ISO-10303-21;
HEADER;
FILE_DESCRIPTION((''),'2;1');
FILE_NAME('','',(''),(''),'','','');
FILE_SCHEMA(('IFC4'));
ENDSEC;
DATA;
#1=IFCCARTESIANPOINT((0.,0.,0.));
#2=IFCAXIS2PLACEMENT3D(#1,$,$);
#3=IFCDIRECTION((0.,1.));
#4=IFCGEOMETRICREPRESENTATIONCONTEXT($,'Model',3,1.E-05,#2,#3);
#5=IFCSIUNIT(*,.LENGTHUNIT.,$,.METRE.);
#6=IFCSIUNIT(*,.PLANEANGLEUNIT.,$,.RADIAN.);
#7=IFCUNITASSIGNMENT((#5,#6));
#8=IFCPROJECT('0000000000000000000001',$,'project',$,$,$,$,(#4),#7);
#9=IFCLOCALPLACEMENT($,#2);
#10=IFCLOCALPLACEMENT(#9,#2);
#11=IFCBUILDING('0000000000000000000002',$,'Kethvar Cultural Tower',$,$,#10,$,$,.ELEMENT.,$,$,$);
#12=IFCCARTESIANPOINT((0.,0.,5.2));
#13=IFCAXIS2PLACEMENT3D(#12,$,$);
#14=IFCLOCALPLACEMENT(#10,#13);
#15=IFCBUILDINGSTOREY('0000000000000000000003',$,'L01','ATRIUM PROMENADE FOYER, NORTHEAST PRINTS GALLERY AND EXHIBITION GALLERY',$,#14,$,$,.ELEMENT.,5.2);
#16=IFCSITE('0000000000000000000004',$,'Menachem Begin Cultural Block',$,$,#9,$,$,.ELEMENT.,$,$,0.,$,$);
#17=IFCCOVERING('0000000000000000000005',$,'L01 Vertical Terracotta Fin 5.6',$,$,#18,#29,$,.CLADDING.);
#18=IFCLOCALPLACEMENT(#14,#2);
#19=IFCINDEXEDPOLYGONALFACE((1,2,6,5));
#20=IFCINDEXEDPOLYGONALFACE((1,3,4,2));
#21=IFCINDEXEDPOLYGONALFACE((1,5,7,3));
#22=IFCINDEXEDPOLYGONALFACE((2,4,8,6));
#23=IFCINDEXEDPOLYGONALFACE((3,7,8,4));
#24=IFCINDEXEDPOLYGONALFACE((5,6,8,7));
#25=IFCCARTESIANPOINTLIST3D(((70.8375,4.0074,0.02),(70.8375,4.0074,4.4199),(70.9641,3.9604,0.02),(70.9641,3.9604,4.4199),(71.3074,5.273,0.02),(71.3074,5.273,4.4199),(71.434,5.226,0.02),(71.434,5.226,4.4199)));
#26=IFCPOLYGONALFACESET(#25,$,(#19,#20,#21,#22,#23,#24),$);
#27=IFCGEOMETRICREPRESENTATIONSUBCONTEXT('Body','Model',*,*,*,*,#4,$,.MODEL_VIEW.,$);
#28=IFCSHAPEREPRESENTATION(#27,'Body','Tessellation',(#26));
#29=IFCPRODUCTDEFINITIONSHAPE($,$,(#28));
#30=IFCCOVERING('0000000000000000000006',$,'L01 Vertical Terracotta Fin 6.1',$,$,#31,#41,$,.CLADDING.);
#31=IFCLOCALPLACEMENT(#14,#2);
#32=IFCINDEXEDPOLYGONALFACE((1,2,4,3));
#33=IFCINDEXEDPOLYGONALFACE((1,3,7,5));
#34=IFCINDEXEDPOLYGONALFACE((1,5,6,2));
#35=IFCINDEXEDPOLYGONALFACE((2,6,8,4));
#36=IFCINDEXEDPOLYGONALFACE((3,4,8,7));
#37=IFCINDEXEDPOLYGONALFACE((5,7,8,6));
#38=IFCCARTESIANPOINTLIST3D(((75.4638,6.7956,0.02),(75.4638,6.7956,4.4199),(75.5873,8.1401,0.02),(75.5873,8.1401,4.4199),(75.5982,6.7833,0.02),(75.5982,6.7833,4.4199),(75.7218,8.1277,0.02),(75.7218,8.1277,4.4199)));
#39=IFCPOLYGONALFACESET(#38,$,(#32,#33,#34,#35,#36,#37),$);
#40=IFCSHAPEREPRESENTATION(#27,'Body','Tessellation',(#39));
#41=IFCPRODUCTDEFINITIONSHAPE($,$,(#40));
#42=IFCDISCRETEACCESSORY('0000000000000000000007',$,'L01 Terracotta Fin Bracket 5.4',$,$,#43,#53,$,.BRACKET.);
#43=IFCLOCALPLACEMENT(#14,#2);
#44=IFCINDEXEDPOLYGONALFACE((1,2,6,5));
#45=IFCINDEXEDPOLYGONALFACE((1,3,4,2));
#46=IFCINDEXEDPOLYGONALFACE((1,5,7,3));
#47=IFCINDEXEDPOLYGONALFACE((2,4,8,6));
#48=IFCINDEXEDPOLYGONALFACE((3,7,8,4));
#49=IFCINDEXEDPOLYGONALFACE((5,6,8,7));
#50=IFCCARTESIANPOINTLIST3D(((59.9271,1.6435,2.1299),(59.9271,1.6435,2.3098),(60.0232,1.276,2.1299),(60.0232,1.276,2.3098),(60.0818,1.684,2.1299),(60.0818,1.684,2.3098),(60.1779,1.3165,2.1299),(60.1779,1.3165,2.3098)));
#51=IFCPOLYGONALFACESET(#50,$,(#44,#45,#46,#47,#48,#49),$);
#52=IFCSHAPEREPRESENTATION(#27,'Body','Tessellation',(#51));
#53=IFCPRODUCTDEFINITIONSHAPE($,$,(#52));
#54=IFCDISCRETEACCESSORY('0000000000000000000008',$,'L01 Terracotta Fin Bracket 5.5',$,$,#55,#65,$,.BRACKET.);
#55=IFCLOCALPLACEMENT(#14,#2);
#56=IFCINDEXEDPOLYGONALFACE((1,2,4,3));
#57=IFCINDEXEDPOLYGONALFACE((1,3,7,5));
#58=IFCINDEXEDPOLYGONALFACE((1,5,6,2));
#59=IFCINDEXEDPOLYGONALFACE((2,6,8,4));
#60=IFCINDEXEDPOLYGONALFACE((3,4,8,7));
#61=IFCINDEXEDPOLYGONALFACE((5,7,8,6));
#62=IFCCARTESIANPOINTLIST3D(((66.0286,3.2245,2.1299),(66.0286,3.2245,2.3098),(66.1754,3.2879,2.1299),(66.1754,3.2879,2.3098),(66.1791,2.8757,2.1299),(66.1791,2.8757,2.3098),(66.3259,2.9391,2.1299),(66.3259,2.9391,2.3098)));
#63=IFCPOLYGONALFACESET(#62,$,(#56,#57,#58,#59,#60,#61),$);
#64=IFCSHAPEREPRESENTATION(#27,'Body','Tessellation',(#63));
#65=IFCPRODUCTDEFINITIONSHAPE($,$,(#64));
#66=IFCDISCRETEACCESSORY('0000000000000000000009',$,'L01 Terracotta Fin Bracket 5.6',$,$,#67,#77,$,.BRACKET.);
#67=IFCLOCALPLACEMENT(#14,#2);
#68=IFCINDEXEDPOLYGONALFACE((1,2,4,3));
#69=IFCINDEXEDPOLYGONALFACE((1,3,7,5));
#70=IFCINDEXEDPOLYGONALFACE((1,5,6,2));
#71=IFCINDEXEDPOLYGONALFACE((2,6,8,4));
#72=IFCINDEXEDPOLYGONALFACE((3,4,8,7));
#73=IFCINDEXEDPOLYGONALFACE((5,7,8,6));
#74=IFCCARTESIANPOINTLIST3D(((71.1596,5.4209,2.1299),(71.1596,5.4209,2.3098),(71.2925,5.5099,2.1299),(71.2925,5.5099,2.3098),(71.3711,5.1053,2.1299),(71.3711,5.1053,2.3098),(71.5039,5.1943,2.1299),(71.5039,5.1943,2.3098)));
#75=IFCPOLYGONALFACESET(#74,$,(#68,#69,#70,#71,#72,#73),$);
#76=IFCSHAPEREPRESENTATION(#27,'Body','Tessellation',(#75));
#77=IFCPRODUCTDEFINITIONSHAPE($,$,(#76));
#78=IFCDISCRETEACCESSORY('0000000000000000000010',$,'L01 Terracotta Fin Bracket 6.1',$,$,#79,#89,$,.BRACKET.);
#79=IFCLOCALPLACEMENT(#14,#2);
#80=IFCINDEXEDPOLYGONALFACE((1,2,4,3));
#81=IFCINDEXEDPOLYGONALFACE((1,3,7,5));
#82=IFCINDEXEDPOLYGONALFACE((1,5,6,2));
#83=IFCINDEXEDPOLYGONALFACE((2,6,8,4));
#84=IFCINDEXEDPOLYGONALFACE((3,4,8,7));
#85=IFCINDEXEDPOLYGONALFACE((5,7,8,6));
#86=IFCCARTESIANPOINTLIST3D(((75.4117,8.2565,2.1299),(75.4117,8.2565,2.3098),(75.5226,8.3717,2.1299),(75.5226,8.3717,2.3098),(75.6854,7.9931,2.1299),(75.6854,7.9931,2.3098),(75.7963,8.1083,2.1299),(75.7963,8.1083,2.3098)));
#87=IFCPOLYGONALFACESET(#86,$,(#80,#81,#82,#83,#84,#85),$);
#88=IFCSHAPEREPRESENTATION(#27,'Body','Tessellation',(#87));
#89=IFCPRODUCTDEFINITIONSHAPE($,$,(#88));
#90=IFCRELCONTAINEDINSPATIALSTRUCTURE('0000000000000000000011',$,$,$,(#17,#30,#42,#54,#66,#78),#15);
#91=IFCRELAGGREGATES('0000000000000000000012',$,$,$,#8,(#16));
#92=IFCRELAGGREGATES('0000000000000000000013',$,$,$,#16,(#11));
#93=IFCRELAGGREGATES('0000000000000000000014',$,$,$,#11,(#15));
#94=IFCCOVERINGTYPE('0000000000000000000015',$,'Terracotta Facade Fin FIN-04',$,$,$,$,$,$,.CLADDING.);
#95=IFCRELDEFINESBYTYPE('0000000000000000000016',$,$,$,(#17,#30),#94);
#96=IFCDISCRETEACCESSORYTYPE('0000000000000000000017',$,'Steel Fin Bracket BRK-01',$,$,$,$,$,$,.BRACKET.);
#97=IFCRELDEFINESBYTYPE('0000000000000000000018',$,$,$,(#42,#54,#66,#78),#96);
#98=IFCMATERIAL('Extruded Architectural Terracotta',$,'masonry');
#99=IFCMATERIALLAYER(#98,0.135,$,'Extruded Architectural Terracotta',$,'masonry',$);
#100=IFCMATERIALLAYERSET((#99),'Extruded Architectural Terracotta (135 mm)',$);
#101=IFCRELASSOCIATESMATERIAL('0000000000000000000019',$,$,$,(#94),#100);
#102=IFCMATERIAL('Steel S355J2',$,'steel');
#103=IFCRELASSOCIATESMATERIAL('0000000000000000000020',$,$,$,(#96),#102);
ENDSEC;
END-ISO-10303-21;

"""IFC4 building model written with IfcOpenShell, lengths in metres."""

from ifc_helpers import new_model, si_unit, direction, frame, origin, origin_2d, place, context, subcontext, project, spatial, rectangle, extrude, source, transform, mapped, material, layer, layer_set, type_object, element, save


model = new_model("IFC4")

# Units and contexts
model_context = context("Model", 3, precision=1e-05, world=origin(), true_north=direction((0.0, 1.0)))
body_context = subcontext(model_context, "Body", "Model", "MODEL_VIEW")
ifc_project = project(units=[si_unit("LENGTHUNIT", "METRE"), si_unit("PLANEANGLEUNIT", "RADIAN")], contexts=[model_context])

# Site, building, storey
site_placement = place(None, origin())
site = spatial("IfcSite", under=ifc_project, at=site_placement, Name="Menachem Begin Cultural Block", CompositionType="ELEMENT", RefElevation=0.0)
building_placement = place(site_placement, origin())
building = spatial("IfcBuilding", under=site, at=building_placement, Name="Kethvar Cultural Tower", CompositionType="ELEMENT")
storey_placement = place(building_placement, frame((0.0, 0.0, 5.2)))
storey = spatial("IfcBuildingStorey", under=building, at=storey_placement, Name="L01", Description="ATRIUM PROMENADE FOYER, NORTHEAST PRINTS GALLERY AND EXHIBITION GALLERY", CompositionType="ELEMENT", Elevation=5.2)

# Shared definitions
ifc_material_1 = material(Name="Steel S355J2", Category="steel")

# Coverings
ifc_material_2 = material(Name="Extruded Architectural Terracotta", Category="masonry")
ifc_layer_1 = layer(ifc_material_2, 0.135, Name="Extruded Architectural Terracotta", Category="masonry")
ifc_layer_set_1 = layer_set([ifc_layer_1], Name="Extruded Architectural Terracotta (135 mm)")
covering_type = type_object("IfcCoveringType", Name="Terracotta Facade Fin FIN-04", PredefinedType="CLADDING", material=ifc_layer_set_1)
shared_shape_1 = source(origin(), body_context, "Body", "SweptSolid", [
    extrude(rectangle(XDim=1.3501, YDim=0.135, at=origin_2d()), origin(), (0.0, 0.0, 1.0), 4.3999),
])
for number, where, z_axis, x_axis, name in (
    (1, (71.1357, 4.6167, 0.02), (0.0, 0.0, 1.0), (-0.348081, -0.937464, 0.0), "L01 Vertical Terracotta Fin 5.6"),
    (2, (75.5928, 7.4617, 0.02), (0.0, 0.0, 1.0), (-0.091502, -0.995805, 0.0), "L01 Vertical Terracotta Fin 6.1"),
):
    element("IfcCovering", number, at=place(storey_placement, frame(where, z_axis=z_axis, x_axis=x_axis)), inside=storey, type_object=covering_type, Name=name, PredefinedType="CLADDING", context=body_context, shape_type="MappedRepresentation", body=[
        mapped(shared_shape_1, transform((0.0, 0.0, 0.0), scale=1.0)),
    ])

# Discrete accessories
discrete_accessory_type = type_object("IfcDiscreteAccessoryType", Name="Steel Fin Bracket BRK-01", PredefinedType="BRACKET", material=ifc_material_1)
shared_shape_2 = source(origin(), body_context, "Body", "SweptSolid", [
    extrude(rectangle(XDim=0.3799, YDim=0.1599, at=origin_2d()), origin(), (0.0, 0.0, 1.0), 0.1799),
])
for number, where, z_axis, x_axis, name in (
    (3, (60.0525, 1.48, 2.1299), (0.0, 0.0, 1.0), (0.253083, -0.967445, 0.0), "L01 Terracotta Fin Bracket 5.4"),
    (4, (66.1772, 3.0818, 2.1299), (0.0, 0.0, 1.0), (0.396347, -0.918101, 0.0), "L01 Terracotta Fin Bracket 5.5"),
    (5, (71.3318, 5.3076, 2.1299), (0.0, 0.0, 1.0), (0.556586, -0.83079, 0.0), "L01 Terracotta Fin Bracket 5.6"),
    (6, (75.604, 8.1824, 2.1299), (0.0, 0.0, 1.0), (0.720551, -0.693402, 0.0), "L01 Terracotta Fin Bracket 6.1"),
):
    element("IfcDiscreteAccessory", number, at=place(storey_placement, frame(where, z_axis=z_axis, x_axis=x_axis)), inside=storey, type_object=discrete_accessory_type, Name=name, PredefinedType="BRACKET", context=body_context, shape_type="MappedRepresentation", body=[
        mapped(shared_shape_2, transform((0.0, 0.0, 0.0), scale=1.0)),
    ])

save(model, "model.ifc")
